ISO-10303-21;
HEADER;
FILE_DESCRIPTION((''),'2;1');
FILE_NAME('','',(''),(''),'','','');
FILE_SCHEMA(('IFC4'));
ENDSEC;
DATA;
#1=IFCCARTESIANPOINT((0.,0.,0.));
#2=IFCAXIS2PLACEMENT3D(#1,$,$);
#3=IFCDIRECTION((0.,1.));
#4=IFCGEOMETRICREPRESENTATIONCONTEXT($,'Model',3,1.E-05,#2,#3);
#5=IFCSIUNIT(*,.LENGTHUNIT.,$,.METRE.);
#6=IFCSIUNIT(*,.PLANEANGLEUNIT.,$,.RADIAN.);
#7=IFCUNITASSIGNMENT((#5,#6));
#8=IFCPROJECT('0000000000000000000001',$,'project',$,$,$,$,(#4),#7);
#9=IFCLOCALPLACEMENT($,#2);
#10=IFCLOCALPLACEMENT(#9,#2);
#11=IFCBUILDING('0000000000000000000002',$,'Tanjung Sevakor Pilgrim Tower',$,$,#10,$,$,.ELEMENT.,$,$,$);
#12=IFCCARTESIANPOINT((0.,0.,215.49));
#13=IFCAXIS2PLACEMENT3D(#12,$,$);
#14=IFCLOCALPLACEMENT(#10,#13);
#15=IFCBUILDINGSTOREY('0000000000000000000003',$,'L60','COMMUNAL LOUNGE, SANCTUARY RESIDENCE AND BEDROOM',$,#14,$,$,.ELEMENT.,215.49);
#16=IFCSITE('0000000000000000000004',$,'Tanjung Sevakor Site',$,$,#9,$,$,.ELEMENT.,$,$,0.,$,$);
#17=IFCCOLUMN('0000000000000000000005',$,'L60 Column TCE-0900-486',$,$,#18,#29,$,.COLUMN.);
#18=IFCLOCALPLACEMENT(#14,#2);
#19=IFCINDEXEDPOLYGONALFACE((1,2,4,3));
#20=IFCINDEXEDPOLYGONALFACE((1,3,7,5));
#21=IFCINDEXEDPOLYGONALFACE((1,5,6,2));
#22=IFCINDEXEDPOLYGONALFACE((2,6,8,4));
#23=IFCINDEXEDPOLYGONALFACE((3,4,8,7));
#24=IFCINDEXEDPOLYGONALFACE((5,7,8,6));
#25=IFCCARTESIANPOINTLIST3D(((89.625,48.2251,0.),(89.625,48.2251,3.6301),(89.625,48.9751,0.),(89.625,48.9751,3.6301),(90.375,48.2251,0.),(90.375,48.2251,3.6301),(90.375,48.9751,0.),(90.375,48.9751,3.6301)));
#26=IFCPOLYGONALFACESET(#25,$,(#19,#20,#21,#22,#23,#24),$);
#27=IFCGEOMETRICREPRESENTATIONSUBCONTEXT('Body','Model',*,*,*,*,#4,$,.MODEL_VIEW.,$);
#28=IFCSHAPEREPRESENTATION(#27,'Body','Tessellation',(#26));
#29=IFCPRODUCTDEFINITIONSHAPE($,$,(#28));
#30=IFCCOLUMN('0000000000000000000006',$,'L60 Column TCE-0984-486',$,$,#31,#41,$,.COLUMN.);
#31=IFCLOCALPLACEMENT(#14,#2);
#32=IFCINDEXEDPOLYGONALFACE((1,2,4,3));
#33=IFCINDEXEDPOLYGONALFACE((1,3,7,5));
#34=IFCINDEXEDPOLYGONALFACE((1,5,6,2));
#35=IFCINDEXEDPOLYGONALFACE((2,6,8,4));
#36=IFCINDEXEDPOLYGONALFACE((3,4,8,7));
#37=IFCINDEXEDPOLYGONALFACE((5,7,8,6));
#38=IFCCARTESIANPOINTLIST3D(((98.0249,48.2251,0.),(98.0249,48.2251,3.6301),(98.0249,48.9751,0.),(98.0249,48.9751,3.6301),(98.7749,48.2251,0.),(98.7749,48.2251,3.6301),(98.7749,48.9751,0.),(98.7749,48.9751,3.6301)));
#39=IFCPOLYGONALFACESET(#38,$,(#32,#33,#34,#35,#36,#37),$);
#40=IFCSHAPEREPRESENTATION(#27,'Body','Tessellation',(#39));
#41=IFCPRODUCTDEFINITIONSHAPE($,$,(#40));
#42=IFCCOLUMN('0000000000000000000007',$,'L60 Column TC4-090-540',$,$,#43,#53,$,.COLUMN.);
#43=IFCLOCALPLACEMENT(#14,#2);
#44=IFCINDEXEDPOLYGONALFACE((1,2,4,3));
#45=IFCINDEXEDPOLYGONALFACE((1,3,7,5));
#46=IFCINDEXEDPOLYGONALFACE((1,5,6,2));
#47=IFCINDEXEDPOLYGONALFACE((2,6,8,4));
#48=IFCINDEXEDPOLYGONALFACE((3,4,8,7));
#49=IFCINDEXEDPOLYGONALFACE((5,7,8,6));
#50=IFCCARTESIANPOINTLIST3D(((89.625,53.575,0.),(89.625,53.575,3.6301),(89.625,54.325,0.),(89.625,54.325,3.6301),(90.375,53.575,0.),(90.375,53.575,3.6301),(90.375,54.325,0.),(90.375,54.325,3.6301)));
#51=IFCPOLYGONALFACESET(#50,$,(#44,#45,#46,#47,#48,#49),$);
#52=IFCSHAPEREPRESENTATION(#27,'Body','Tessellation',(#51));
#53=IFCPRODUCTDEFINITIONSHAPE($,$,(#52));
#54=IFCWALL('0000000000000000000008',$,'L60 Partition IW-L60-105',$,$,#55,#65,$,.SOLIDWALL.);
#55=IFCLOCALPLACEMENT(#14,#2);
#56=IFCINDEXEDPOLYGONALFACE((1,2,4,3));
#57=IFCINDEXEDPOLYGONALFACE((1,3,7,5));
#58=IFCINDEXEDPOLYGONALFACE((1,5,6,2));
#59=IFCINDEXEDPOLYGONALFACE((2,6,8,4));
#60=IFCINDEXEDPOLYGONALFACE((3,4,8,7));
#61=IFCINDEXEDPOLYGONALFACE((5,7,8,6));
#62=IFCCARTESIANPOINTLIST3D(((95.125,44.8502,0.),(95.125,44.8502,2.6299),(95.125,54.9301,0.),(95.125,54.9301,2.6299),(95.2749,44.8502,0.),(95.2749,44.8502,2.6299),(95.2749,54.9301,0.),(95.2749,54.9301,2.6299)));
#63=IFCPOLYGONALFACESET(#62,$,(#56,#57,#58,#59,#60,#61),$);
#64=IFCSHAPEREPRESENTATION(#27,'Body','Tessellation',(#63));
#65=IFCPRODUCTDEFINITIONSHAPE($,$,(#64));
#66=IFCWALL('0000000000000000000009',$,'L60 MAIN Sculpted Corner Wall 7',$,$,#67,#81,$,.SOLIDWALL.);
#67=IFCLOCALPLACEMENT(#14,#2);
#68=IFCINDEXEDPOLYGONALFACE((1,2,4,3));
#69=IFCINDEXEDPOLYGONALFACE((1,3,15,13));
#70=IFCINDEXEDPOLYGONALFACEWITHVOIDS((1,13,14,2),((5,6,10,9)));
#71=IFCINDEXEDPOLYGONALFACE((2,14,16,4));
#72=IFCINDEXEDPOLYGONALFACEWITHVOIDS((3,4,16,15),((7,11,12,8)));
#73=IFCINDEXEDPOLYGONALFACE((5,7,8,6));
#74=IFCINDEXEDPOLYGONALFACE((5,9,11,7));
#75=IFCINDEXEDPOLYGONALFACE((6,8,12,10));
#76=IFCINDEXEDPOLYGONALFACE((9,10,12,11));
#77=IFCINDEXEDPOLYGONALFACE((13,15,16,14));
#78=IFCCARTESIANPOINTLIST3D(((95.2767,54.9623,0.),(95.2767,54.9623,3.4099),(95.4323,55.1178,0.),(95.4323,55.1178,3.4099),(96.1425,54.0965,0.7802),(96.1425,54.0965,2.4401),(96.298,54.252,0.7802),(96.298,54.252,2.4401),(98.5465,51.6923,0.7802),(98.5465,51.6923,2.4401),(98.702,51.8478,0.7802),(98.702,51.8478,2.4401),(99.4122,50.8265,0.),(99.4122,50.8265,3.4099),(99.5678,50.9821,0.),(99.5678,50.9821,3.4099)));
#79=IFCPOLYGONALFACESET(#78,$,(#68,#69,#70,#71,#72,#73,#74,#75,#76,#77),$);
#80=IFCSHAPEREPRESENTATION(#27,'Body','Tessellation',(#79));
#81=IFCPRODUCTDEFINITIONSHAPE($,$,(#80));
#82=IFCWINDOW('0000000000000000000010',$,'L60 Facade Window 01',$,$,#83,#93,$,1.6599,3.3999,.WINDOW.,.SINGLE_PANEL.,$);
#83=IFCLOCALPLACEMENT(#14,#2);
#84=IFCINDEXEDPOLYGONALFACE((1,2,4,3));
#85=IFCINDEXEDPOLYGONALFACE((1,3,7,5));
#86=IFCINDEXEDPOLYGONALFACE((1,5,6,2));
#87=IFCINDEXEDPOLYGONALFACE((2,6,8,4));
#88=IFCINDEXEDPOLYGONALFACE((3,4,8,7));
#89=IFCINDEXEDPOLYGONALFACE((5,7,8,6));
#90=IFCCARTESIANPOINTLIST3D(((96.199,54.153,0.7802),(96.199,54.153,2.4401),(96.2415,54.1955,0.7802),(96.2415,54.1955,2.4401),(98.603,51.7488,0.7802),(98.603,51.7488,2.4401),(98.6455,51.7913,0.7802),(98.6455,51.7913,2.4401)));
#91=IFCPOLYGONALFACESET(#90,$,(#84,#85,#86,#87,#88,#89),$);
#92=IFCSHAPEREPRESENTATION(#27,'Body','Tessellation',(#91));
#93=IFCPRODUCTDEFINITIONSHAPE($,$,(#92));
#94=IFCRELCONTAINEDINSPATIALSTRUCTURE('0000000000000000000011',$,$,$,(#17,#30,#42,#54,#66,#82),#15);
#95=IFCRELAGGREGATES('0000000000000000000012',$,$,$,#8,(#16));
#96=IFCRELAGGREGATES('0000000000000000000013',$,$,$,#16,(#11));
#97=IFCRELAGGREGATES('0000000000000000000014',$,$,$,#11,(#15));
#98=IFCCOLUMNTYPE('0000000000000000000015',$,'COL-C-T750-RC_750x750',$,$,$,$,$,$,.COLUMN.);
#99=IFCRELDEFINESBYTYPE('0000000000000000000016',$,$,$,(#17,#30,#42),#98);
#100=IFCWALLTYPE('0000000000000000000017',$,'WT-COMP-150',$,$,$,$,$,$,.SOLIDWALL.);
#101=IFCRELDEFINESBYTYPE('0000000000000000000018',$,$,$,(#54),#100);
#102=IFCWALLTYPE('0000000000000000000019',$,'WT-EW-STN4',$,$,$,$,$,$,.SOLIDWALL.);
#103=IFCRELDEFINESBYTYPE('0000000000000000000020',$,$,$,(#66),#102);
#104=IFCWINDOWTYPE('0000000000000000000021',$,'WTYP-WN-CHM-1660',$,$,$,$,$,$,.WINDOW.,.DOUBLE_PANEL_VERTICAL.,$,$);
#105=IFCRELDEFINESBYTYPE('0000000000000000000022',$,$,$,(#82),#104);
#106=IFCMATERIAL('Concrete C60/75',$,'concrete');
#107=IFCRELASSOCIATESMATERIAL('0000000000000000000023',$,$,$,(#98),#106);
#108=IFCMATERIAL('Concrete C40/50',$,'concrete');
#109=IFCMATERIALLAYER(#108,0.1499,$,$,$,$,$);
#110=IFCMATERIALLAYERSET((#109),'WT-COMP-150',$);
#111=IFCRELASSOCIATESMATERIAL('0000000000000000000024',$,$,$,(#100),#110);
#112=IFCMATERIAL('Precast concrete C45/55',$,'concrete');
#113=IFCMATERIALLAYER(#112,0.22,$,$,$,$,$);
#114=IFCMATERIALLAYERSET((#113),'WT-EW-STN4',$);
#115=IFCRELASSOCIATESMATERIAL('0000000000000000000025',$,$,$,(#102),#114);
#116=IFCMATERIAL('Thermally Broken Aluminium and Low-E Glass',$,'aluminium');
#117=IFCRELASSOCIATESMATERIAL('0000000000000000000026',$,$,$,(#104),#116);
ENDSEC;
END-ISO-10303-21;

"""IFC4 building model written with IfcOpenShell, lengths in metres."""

from ifc_helpers import new_model, si_unit, direction, frame, frame_2d, origin, origin_2d, place, context, subcontext, project, spatial, rectangle, extrude, material, layer, layer_set, material_profile, profile_set, type_object, element, fill, save


model = new_model("IFC4")

# Units and contexts
model_context = context("Model", 3, precision=1e-05, world=origin(), true_north=direction((0.0, 1.0)))
body_context = subcontext(model_context, "Body", "Model", "MODEL_VIEW")
ifc_project = project(units=[si_unit("LENGTHUNIT", "METRE"), si_unit("PLANEANGLEUNIT", "RADIAN")], contexts=[model_context])

# Site, building, storey
site_placement = place(None, origin())
site = spatial("IfcSite", under=ifc_project, at=site_placement, Name="Tanjung Sevakor Site", CompositionType="ELEMENT", RefElevation=0.0)
building_placement = place(site_placement, origin())
building = spatial("IfcBuilding", under=site, at=building_placement, Name="Tanjung Sevakor Pilgrim Tower", CompositionType="ELEMENT")
storey_placement = place(building_placement, frame((0.0, 0.0, 215.49)))
storey = spatial("IfcBuildingStorey", under=building, at=storey_placement, Name="L60", Description="COMMUNAL LOUNGE, SANCTUARY RESIDENCE AND BEDROOM", CompositionType="ELEMENT", Elevation=215.49)

# Columns
ifc_material_1 = material(Name="Concrete C60/75", Category="concrete")
ifc_material_profile = material_profile(ifc_material_1, rectangle(XDim=0.75, YDim=0.75, at=origin_2d()))
ifc_profile_set = profile_set([ifc_material_profile], Name="Concrete C60/75")
column_type = type_object("IfcColumnType", Name="COL-C-T750-RC_750x750", PredefinedType="COLUMN", material=ifc_profile_set)
for number, where, z_axis, x_axis, name in (
    (1, (90.0, 48.6001, 0.0), (0.0, 0.0, 1.0), (1.0, 0.0, 0.0), "L60 Column TCE-0900-486"),
    (2, (98.3999, 48.6001, 0.0), (0.0, 0.0, 1.0), (1.0, 0.0, 0.0), "L60 Column TCE-0984-486"),
    (3, (90.0, 53.95, 0.0), (0.0, 0.0, 1.0), (1.0, 0.0, 0.0), "L60 Column TC4-090-540"),
):
    element("IfcColumn", number, at=place(storey_placement, frame(where, z_axis=z_axis, x_axis=x_axis)), inside=storey, type_object=column_type, Name=name, PredefinedType="COLUMN", context=body_context, shape_type="SweptSolid", body=[
        extrude(rectangle(XDim=0.75, YDim=0.75, at=origin_2d()), origin(), (0.0, 0.0, 1.0), 3.6301),
    ])

# Wall
ifc_material_2 = material(Name="Concrete C40/50", Category="concrete")
ifc_layer_1 = layer(ifc_material_2, 0.1499)
ifc_layer_set_1 = layer_set([ifc_layer_1], Name="WT-COMP-150")
wall_type_1 = type_object("IfcWallType", Name="WT-COMP-150", PredefinedType="SOLIDWALL", material=ifc_layer_set_1)
wall_1_placement = place(storey_placement, frame((95.2, 44.8501, 0.0), z_axis=(0.0, 0.0, 1.0), x_axis=(0.0, 1.0, 0.0)))
element("IfcWall", 4, at=wall_1_placement, inside=storey, type_object=wall_type_1, Name="L60 Partition IW-L60-105", PredefinedType="SOLIDWALL", context=body_context, shape_type="SweptSolid", body=[
    extrude(rectangle(XDim=10.0798, YDim=0.1499, at=frame_2d((5.04, 0.0))), origin(), (0.0, 0.0, 1.0), 2.6299),
])

# Wall, opening, window
ifc_material_3 = material(Name="Precast concrete C45/55", Category="concrete")
ifc_layer_2 = layer(ifc_material_3, 0.22)
ifc_layer_set_2 = layer_set([ifc_layer_2], Name="WT-EW-STN4")
wall_type_2 = type_object("IfcWallType", Name="WT-EW-STN4", PredefinedType="SOLIDWALL", material=ifc_layer_set_2)
wall_2_placement = place(storey_placement, frame((99.49, 50.9043, 0.0), z_axis=(0.0, 0.0, 1.0), x_axis=(-0.707086, 0.707128, 0.0)))
wall_2 = element("IfcWall", 5, at=wall_2_placement, inside=storey, type_object=wall_type_2, Name="L60 MAIN Sculpted Corner Wall 7", PredefinedType="SOLIDWALL", context=body_context, shape_type="SweptSolid", body=[
    extrude(rectangle(XDim=5.8486, YDim=0.22, at=frame_2d((2.9243, 0.0))), origin(), (0.0, 0.0, 1.0), 3.4099),
])
opening_1_placement = place(wall_2_placement, frame((1.2244, 0.0, 0.78)))
opening_1 = element("IfcOpeningElement", 6, at=opening_1_placement, cuts=wall_2, PredefinedType="OPENING", context=body_context, shape_type="SweptSolid", body=[
    extrude(rectangle(XDim=3.3999, YDim=1.6599, at=frame_2d((1.7, 0.8301))), frame((0.0, 0.1199, 0.0), z_axis=(0.0, -1.0, 0.0), x_axis=(1.0, 0.0, 0.0)), (0.0, 0.0, 1.0), 0.24),
])
ifc_material_4 = material(Name="Thermally Broken Aluminium and Low-E Glass", Category="aluminium")
window_type_1 = type_object("IfcWindowType", Name="WTYP-WN-CHM-1660", PartitioningType="DOUBLE_PANEL_VERTICAL", PredefinedType="WINDOW", material=ifc_material_4)
window_1_placement = place(opening_1_placement, origin())
window_1 = element("IfcWindow", 7, at=window_1_placement, inside=storey, type_object=window_type_1, Name="L60 Facade Window 01", OverallHeight=1.6599, OverallWidth=3.3999, PartitioningType="SINGLE_PANEL", PredefinedType="WINDOW", context=body_context, shape_type="SweptSolid", body=[
    extrude(rectangle(XDim=3.3999, YDim=1.6599, at=frame_2d((1.7, 0.8301))), frame((0.0, 0.03, 0.0), z_axis=(0.0, -1.0, 0.0), x_axis=(1.0, 0.0, 0.0)), (0.0, 0.0, 1.0), 0.0601),
])
fill(opening_1, window_1)

save(model, "model.ifc")
